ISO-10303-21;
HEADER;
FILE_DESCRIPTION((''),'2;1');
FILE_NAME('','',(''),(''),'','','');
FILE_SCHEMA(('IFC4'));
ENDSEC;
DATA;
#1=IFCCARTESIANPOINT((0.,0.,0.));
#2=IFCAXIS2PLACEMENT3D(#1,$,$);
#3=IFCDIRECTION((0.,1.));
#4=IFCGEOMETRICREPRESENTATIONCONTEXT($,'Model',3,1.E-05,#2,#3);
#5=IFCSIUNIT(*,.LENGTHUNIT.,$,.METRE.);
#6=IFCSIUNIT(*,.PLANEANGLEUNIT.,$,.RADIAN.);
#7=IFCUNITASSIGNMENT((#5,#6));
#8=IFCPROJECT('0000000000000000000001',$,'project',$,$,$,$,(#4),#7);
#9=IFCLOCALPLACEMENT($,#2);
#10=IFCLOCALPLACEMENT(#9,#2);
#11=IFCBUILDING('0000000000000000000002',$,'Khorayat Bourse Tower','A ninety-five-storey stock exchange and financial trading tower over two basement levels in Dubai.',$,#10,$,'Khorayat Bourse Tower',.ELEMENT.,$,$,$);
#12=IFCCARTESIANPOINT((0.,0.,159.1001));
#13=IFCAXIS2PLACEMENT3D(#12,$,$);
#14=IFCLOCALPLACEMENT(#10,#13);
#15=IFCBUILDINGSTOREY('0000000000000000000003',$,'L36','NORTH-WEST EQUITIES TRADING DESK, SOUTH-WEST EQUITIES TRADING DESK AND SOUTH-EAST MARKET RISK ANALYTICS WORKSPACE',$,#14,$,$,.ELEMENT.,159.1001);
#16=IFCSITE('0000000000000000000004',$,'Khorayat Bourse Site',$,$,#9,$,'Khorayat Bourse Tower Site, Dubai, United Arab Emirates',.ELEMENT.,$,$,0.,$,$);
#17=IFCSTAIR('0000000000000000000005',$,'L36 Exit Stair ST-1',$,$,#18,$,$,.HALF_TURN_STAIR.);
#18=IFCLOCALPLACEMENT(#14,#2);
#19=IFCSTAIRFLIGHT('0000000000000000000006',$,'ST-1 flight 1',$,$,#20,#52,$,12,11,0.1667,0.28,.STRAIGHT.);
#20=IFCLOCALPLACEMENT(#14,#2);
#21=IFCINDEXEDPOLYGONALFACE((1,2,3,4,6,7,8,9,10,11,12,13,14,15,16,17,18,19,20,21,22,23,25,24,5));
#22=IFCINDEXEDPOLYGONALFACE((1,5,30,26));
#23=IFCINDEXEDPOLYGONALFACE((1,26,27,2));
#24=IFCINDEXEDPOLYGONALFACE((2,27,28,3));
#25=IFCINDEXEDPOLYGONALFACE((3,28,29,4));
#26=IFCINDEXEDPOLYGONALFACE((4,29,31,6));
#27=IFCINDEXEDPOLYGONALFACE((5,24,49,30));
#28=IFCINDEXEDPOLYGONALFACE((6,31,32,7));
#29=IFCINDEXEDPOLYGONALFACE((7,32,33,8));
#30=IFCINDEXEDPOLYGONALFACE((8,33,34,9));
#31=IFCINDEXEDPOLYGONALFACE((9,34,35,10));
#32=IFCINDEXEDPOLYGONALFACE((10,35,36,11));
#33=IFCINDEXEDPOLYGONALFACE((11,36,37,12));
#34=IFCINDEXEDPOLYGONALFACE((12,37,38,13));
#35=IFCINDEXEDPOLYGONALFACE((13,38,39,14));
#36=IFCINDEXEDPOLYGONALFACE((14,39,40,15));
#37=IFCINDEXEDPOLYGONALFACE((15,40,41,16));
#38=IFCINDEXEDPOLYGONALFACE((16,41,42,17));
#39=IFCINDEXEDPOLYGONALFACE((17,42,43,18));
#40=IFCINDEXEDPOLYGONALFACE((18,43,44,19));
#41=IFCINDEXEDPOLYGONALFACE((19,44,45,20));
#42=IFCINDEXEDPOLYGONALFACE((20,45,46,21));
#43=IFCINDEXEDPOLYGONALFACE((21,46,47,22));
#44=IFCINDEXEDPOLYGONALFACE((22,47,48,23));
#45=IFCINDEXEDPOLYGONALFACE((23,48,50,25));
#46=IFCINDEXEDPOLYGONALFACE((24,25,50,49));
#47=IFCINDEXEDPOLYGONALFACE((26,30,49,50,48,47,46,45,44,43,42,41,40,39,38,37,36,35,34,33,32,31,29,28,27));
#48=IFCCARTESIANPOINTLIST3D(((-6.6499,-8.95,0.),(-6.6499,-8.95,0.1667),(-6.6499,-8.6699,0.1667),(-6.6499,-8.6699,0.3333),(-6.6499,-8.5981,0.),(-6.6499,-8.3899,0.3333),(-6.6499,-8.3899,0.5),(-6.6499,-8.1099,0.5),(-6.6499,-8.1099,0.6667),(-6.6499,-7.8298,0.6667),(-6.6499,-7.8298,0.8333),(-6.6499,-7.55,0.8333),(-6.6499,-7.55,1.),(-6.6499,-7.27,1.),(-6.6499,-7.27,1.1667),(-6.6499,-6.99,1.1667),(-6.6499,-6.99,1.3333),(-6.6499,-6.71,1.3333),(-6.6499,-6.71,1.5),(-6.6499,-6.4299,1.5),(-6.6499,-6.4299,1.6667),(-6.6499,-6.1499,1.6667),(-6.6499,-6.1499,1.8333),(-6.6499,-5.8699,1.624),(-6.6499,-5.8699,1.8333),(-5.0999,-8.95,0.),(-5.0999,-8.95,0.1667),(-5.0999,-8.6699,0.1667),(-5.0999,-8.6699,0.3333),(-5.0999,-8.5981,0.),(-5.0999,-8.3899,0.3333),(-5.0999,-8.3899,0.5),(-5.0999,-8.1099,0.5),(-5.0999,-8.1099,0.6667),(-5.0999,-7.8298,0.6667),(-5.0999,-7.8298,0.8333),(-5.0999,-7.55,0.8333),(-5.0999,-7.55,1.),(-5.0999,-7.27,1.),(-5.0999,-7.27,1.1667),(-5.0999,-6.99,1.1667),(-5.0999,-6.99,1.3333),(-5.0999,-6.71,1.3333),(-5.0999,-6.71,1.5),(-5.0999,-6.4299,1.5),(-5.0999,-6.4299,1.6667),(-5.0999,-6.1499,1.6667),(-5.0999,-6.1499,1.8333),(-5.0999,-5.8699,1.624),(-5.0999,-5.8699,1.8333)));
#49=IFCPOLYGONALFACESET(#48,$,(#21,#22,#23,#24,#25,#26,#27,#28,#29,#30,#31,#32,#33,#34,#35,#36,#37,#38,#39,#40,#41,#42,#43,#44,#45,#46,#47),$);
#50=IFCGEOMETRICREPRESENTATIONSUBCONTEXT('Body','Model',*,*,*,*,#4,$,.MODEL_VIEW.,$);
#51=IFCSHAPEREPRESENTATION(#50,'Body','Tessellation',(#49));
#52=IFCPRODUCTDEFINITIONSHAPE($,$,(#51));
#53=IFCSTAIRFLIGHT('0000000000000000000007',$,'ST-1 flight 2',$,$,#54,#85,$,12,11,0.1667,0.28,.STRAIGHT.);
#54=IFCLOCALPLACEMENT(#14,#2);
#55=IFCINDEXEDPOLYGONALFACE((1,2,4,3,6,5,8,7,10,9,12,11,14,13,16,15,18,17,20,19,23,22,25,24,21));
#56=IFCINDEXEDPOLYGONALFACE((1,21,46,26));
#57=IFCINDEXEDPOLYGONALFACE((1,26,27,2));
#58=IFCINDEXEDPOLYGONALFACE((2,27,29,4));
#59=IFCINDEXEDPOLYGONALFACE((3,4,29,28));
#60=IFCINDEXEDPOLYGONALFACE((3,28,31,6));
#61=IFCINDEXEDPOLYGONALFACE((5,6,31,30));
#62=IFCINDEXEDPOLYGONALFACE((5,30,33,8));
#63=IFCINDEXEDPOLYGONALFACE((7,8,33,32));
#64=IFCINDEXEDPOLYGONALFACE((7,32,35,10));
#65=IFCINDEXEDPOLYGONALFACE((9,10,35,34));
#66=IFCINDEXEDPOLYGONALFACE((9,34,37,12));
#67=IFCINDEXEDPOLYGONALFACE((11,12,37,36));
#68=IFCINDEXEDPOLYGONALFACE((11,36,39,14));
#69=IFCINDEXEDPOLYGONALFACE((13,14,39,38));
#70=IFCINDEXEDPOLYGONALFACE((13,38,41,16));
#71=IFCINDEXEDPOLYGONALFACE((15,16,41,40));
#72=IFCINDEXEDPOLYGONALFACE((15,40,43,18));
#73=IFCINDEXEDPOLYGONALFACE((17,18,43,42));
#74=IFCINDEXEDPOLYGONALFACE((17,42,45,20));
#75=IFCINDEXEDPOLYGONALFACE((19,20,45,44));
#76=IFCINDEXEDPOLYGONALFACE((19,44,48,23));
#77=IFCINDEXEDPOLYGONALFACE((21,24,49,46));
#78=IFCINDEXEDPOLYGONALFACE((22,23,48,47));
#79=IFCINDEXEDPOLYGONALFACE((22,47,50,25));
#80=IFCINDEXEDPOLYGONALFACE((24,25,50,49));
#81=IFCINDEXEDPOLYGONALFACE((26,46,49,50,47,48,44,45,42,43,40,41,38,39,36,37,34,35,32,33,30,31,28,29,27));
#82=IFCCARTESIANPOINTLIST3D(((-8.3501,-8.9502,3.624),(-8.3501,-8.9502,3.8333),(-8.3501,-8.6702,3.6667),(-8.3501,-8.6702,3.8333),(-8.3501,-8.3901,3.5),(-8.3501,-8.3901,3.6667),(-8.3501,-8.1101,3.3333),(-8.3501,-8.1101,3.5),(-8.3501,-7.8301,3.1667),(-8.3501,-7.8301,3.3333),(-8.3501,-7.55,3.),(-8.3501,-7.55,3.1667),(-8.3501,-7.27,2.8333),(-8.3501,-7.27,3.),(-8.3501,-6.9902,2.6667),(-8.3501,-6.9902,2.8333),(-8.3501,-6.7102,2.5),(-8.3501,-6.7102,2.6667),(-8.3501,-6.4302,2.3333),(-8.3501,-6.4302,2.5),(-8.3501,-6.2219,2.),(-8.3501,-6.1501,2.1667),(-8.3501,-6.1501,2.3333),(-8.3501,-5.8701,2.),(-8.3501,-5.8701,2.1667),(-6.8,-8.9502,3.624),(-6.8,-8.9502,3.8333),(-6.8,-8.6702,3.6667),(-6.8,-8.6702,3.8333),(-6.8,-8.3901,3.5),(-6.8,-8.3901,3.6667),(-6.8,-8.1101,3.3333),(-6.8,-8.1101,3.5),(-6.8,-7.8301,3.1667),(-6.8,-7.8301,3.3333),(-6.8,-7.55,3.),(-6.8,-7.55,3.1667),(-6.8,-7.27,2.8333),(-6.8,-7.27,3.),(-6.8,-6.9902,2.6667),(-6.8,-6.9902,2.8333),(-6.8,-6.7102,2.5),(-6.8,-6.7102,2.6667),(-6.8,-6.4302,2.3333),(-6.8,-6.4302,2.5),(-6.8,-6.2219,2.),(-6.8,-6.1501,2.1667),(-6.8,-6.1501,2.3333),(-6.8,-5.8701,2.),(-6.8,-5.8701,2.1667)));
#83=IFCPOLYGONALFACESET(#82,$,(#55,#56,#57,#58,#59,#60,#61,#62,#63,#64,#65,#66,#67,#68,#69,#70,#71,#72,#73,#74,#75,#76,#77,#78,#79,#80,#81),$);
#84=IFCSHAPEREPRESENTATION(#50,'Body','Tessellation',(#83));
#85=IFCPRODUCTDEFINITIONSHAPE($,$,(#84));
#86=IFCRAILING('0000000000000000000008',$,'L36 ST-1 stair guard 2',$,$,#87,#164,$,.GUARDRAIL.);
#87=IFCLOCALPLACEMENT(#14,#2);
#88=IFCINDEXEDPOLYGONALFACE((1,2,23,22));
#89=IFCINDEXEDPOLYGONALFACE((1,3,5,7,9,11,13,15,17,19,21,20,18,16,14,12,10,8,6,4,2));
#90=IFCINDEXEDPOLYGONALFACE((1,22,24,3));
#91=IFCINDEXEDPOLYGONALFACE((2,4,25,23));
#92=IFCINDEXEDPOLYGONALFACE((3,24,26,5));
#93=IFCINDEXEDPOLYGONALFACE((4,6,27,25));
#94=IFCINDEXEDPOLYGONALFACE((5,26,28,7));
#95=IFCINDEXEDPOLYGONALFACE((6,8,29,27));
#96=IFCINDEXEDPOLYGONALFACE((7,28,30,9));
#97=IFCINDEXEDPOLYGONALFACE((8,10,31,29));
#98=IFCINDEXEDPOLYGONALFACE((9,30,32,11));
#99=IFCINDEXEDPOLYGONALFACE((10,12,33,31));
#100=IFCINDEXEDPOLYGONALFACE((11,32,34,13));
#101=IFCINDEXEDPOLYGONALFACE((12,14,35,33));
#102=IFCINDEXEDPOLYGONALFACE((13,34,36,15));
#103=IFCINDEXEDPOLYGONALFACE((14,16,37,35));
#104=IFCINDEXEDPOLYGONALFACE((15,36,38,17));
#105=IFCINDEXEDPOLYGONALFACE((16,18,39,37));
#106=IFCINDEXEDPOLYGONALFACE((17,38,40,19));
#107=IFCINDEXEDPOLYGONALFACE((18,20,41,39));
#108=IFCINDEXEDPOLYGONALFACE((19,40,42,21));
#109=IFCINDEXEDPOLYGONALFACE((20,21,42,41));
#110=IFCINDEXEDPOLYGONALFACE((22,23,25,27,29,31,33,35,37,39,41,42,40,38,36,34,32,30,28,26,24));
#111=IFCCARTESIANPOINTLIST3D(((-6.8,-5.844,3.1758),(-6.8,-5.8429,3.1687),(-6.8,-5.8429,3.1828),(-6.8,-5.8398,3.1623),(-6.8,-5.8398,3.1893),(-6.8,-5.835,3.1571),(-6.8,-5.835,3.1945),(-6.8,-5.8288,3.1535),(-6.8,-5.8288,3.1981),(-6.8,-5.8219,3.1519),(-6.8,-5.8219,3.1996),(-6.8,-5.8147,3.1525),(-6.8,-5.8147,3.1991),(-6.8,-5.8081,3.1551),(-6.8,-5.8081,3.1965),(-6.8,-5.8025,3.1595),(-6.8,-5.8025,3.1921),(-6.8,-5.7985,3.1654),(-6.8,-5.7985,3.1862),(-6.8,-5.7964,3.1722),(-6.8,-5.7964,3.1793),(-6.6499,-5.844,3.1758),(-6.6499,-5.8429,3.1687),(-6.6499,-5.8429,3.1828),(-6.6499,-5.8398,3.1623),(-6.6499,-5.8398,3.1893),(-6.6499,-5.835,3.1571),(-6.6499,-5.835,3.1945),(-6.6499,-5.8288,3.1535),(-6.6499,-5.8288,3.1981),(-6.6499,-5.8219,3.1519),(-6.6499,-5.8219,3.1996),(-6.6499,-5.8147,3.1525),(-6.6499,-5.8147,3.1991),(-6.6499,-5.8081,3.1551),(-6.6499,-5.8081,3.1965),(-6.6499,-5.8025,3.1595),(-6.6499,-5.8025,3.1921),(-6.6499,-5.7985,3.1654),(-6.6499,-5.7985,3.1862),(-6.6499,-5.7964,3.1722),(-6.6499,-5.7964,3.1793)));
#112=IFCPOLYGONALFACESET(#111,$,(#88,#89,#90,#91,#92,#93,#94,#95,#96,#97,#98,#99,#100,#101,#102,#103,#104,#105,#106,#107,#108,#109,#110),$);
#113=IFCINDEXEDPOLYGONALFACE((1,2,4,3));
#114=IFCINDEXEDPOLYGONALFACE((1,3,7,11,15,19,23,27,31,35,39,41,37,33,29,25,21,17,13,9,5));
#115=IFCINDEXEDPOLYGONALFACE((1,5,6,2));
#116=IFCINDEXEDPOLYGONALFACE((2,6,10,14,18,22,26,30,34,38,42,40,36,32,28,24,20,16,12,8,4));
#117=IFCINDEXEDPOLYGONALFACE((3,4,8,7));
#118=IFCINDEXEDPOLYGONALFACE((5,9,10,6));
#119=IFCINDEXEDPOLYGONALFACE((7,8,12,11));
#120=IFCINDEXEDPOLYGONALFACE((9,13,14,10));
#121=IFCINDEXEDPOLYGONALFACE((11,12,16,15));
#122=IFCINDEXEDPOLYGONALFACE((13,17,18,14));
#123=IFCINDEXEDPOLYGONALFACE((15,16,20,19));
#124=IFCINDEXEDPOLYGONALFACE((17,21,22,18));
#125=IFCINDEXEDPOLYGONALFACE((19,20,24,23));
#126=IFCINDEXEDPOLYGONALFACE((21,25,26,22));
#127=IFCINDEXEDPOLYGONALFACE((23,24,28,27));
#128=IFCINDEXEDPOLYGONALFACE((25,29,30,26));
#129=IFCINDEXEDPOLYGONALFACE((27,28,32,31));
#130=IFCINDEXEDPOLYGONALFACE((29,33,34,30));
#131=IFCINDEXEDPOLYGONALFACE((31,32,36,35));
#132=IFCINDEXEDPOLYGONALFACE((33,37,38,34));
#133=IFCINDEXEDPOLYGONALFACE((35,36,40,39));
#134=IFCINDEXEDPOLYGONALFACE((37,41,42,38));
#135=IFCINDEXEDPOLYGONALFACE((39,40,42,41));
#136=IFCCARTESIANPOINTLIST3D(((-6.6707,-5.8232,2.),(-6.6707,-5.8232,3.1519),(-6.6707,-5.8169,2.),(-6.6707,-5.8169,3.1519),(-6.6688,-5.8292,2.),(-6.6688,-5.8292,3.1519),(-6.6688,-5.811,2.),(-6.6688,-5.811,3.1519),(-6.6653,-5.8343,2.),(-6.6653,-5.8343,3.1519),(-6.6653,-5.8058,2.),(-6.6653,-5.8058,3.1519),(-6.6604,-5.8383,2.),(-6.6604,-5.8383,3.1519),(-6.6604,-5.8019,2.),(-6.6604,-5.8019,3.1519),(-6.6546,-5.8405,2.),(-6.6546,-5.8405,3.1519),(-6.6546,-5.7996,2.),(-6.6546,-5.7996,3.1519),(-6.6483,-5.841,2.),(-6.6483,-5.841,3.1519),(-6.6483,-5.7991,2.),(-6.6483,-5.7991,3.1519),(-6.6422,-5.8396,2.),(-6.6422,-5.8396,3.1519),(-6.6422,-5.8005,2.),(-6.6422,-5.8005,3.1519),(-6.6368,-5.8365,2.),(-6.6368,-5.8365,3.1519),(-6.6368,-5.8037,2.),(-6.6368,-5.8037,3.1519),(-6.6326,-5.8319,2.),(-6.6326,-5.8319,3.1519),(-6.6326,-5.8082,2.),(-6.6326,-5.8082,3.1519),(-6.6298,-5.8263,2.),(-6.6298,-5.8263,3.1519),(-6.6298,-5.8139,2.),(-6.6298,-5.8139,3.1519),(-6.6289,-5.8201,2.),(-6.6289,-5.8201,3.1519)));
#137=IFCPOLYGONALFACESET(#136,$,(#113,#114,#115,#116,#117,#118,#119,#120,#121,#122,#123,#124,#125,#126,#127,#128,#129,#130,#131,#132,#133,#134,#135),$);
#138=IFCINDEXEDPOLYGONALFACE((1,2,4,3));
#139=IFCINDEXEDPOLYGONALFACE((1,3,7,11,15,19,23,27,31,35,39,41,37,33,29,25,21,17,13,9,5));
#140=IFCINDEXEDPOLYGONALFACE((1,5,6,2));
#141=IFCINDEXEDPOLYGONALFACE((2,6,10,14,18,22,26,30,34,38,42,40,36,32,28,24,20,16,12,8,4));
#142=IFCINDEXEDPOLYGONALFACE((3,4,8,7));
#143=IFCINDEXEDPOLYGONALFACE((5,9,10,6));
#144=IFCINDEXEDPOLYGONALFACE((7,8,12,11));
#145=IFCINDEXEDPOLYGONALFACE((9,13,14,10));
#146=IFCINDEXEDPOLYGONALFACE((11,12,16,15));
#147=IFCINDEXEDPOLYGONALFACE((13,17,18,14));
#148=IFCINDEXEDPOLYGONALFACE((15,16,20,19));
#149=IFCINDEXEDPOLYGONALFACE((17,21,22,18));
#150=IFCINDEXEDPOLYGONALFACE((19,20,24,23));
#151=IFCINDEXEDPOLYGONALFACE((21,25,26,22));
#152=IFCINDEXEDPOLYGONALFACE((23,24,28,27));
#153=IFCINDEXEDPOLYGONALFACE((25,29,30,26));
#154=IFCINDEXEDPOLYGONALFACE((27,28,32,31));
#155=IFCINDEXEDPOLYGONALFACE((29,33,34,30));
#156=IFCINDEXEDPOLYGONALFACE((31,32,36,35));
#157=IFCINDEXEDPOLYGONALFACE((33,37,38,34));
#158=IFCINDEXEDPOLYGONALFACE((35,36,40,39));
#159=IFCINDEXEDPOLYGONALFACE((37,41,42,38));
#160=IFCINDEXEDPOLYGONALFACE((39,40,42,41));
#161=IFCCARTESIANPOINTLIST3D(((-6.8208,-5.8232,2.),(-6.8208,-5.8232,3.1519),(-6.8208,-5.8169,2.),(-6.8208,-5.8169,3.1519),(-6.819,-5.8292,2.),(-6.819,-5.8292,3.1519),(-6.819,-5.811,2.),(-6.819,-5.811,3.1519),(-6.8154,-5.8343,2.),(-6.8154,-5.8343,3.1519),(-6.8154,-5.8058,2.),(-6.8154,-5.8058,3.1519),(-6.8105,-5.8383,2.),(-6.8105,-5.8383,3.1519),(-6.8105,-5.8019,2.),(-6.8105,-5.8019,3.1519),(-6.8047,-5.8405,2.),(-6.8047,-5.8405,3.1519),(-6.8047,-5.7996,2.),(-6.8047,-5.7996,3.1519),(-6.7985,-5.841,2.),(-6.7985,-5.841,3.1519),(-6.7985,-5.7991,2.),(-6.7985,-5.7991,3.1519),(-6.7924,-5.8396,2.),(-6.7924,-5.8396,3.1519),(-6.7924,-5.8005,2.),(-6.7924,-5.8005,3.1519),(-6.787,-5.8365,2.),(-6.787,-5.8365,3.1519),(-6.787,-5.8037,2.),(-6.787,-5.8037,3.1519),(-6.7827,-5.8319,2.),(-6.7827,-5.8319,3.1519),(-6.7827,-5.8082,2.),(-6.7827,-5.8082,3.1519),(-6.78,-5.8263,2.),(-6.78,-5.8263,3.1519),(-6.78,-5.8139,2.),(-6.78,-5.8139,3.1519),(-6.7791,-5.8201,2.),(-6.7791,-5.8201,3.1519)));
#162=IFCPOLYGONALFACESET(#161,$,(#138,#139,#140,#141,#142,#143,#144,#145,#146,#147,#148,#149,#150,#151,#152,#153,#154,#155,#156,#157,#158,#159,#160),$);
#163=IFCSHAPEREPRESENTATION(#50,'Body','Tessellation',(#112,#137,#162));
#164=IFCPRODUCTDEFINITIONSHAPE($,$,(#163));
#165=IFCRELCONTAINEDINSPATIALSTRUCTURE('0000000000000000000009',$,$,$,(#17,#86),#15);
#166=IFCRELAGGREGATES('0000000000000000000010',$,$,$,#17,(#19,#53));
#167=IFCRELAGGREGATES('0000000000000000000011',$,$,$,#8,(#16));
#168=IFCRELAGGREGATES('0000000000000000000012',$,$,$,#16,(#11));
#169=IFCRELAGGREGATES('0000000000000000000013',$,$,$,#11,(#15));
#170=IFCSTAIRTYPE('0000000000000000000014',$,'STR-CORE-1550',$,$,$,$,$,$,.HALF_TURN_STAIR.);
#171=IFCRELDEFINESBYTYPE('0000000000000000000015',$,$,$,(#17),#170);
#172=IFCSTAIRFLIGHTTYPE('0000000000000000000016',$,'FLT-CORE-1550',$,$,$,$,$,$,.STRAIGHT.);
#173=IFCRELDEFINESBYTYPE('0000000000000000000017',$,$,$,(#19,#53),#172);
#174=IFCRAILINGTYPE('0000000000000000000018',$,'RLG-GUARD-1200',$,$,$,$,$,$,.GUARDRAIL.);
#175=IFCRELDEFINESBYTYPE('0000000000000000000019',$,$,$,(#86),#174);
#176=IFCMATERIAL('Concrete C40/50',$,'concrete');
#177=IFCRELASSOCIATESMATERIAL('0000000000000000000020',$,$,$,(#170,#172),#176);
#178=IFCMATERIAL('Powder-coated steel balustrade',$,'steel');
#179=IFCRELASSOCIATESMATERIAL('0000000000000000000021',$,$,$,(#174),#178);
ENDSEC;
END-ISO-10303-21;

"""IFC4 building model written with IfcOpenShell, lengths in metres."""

from ifc_helpers import new_model, si_unit, direction, frame, origin, origin_2d, place, context, subcontext, project, spatial, polyline, circle, outline, extrude, source, transform, mapped, material, type_object, element, aggregate, save


model = new_model("IFC4")

# Units and contexts
model_context = context("Model", 3, precision=1e-05, world=origin(), true_north=direction((0.0, 1.0)))
body_context = subcontext(model_context, "Body", "Model", "MODEL_VIEW")
ifc_project = project(units=[si_unit("LENGTHUNIT", "METRE"), si_unit("PLANEANGLEUNIT", "RADIAN")], contexts=[model_context])

# Site, building, storey
site_placement = place(None, origin())
site = spatial("IfcSite", under=ifc_project, at=site_placement, Name="Khorayat Bourse Site", LongName="Khorayat Bourse Tower Site, Dubai, United Arab Emirates", CompositionType="ELEMENT", RefElevation=0.0)
building_placement = place(site_placement, origin())
building = spatial("IfcBuilding", under=site, at=building_placement, Name="Khorayat Bourse Tower", Description="A ninety-five-storey stock exchange and financial trading tower over two basement levels in Dubai.", LongName="Khorayat Bourse Tower", CompositionType="ELEMENT")
storey_placement = place(building_placement, frame((0.0, 0.0, 159.1001)))
storey = spatial("IfcBuildingStorey", under=building, at=storey_placement, Name="L36", Description="NORTH-WEST EQUITIES TRADING DESK, SOUTH-WEST EQUITIES TRADING DESK AND SOUTH-EAST MARKET RISK ANALYTICS WORKSPACE", CompositionType="ELEMENT", Elevation=159.1001)

# Stair, stair flights
ifc_material_1 = material(Name="Concrete C40/50", Category="concrete")
stair_type = type_object("IfcStairType", Name="STR-CORE-1550", PredefinedType="HALF_TURN_STAIR", material=ifc_material_1)
stair_placement = place(storey_placement, origin())
stair = element("IfcStair", 1, at=stair_placement, inside=storey, type_object=stair_type, Name="L36 Exit Stair ST-1", PredefinedType="HALF_TURN_STAIR")
stair_flight_type = type_object("IfcStairFlightType", Name="FLT-CORE-1550", PredefinedType="STRAIGHT", material=ifc_material_1)
shared_shape_1 = source(origin(), body_context, "Body", "SweptSolid", [
    extrude(outline(polyline([(0.0, 0.0), (0.0, 0.1667), (0.28, 0.1667), (0.28, 0.3333), (0.5601, 0.3333), (0.5601, 0.5), (0.8401, 0.5), (0.8401, 0.6667), (1.1201, 0.6667), (1.1201, 0.8333), (1.3999, 0.8333), (1.3999, 1.0), (1.6799, 1.0), (1.6799, 1.1667), (1.96, 1.1667), (1.96, 1.3333), (2.24, 1.3333), (2.24, 1.5), (2.52, 1.5), (2.52, 1.6667), (2.8, 1.6667), (2.8, 1.8333), (3.0801, 1.8333), (3.0801, 2.0), (3.0801, 1.624), (0.3518, 0.0), (0.0, 0.0)])), frame((0.0, 0.7749, 0.0), z_axis=(0.0, -1.0, 0.0), x_axis=(1.0, 0.0, 0.0)), (0.0, 0.0, 1.0), 1.55),
])
stair_flight_1_placement = place(storey_placement, frame((-5.875, -8.95, 0.0), z_axis=(0.0, 0.0, 1.0), x_axis=(0.0, 1.0, 0.0)))
stair_flight_1 = element("IfcStairFlight", 2, at=stair_flight_1_placement, type_object=stair_flight_type, Name="ST-1 flight 1", NumberOfRisers=12, NumberOfTreads=11, PredefinedType="STRAIGHT", RiserHeight=0.1667, TreadLength=0.28, context=body_context, shape_type="MappedRepresentation", body=[
    mapped(shared_shape_1, transform((0.0, 0.0, 0.0), scale=1.0)),
])
stair_flight_2_placement = place(storey_placement, frame((-7.575, -5.8701, 2.0), z_axis=(0.0, 0.0, 1.0), x_axis=(0.0, -1.0, 0.0)))
stair_flight_2 = element("IfcStairFlight", 3, at=stair_flight_2_placement, type_object=stair_flight_type, Name="ST-1 flight 2", NumberOfRisers=12, NumberOfTreads=11, PredefinedType="STRAIGHT", RiserHeight=0.1667, TreadLength=0.28, context=body_context, shape_type="MappedRepresentation", body=[
    mapped(shared_shape_1, transform((0.0, 0.0, 0.0), scale=1.0)),
])
aggregate(stair, [stair_flight_1, stair_flight_2])

# Railing
ifc_material_2 = material(Name="Powder-coated steel balustrade", Category="steel")
railing_type_1 = type_object("IfcRailingType", Name="RLG-GUARD-1200", PredefinedType="GUARDRAIL", material=ifc_material_2)
shared_shape_2 = source(origin(), body_context, "Body", "SweptSolid", [
    extrude(circle(Radius=0.0239, at=origin_2d()), frame((0.0, 0.0, 1.1758), z_axis=(-1.0, 0.0, 0.0), x_axis=(0.0, -1.0, 0.0)), (0.0, 0.0, 1.0), 0.1501),
    extrude(circle(Radius=0.021, at=origin_2d()), origin(), (0.0, 0.0, 1.0), 1.1519),
    extrude(circle(Radius=0.021, at=origin_2d()), frame((-0.1501, 0.0, 0.0)), (0.0, 0.0, 1.0), 1.1519),
])
for number, where, name in (
    (4, (-6.6499, -5.8201, 2.0), "L36 ST-1 stair guard 2"),
):
    element("IfcRailing", number, at=place(storey_placement, frame(where)), inside=storey, type_object=railing_type_1, Name=name, PredefinedType="GUARDRAIL", context=body_context, shape_type="MappedRepresentation", body=[
        mapped(shared_shape_2, transform((0.0, 0.0, 0.0), scale=1.0)),
    ])

save(model, "model.ifc")
